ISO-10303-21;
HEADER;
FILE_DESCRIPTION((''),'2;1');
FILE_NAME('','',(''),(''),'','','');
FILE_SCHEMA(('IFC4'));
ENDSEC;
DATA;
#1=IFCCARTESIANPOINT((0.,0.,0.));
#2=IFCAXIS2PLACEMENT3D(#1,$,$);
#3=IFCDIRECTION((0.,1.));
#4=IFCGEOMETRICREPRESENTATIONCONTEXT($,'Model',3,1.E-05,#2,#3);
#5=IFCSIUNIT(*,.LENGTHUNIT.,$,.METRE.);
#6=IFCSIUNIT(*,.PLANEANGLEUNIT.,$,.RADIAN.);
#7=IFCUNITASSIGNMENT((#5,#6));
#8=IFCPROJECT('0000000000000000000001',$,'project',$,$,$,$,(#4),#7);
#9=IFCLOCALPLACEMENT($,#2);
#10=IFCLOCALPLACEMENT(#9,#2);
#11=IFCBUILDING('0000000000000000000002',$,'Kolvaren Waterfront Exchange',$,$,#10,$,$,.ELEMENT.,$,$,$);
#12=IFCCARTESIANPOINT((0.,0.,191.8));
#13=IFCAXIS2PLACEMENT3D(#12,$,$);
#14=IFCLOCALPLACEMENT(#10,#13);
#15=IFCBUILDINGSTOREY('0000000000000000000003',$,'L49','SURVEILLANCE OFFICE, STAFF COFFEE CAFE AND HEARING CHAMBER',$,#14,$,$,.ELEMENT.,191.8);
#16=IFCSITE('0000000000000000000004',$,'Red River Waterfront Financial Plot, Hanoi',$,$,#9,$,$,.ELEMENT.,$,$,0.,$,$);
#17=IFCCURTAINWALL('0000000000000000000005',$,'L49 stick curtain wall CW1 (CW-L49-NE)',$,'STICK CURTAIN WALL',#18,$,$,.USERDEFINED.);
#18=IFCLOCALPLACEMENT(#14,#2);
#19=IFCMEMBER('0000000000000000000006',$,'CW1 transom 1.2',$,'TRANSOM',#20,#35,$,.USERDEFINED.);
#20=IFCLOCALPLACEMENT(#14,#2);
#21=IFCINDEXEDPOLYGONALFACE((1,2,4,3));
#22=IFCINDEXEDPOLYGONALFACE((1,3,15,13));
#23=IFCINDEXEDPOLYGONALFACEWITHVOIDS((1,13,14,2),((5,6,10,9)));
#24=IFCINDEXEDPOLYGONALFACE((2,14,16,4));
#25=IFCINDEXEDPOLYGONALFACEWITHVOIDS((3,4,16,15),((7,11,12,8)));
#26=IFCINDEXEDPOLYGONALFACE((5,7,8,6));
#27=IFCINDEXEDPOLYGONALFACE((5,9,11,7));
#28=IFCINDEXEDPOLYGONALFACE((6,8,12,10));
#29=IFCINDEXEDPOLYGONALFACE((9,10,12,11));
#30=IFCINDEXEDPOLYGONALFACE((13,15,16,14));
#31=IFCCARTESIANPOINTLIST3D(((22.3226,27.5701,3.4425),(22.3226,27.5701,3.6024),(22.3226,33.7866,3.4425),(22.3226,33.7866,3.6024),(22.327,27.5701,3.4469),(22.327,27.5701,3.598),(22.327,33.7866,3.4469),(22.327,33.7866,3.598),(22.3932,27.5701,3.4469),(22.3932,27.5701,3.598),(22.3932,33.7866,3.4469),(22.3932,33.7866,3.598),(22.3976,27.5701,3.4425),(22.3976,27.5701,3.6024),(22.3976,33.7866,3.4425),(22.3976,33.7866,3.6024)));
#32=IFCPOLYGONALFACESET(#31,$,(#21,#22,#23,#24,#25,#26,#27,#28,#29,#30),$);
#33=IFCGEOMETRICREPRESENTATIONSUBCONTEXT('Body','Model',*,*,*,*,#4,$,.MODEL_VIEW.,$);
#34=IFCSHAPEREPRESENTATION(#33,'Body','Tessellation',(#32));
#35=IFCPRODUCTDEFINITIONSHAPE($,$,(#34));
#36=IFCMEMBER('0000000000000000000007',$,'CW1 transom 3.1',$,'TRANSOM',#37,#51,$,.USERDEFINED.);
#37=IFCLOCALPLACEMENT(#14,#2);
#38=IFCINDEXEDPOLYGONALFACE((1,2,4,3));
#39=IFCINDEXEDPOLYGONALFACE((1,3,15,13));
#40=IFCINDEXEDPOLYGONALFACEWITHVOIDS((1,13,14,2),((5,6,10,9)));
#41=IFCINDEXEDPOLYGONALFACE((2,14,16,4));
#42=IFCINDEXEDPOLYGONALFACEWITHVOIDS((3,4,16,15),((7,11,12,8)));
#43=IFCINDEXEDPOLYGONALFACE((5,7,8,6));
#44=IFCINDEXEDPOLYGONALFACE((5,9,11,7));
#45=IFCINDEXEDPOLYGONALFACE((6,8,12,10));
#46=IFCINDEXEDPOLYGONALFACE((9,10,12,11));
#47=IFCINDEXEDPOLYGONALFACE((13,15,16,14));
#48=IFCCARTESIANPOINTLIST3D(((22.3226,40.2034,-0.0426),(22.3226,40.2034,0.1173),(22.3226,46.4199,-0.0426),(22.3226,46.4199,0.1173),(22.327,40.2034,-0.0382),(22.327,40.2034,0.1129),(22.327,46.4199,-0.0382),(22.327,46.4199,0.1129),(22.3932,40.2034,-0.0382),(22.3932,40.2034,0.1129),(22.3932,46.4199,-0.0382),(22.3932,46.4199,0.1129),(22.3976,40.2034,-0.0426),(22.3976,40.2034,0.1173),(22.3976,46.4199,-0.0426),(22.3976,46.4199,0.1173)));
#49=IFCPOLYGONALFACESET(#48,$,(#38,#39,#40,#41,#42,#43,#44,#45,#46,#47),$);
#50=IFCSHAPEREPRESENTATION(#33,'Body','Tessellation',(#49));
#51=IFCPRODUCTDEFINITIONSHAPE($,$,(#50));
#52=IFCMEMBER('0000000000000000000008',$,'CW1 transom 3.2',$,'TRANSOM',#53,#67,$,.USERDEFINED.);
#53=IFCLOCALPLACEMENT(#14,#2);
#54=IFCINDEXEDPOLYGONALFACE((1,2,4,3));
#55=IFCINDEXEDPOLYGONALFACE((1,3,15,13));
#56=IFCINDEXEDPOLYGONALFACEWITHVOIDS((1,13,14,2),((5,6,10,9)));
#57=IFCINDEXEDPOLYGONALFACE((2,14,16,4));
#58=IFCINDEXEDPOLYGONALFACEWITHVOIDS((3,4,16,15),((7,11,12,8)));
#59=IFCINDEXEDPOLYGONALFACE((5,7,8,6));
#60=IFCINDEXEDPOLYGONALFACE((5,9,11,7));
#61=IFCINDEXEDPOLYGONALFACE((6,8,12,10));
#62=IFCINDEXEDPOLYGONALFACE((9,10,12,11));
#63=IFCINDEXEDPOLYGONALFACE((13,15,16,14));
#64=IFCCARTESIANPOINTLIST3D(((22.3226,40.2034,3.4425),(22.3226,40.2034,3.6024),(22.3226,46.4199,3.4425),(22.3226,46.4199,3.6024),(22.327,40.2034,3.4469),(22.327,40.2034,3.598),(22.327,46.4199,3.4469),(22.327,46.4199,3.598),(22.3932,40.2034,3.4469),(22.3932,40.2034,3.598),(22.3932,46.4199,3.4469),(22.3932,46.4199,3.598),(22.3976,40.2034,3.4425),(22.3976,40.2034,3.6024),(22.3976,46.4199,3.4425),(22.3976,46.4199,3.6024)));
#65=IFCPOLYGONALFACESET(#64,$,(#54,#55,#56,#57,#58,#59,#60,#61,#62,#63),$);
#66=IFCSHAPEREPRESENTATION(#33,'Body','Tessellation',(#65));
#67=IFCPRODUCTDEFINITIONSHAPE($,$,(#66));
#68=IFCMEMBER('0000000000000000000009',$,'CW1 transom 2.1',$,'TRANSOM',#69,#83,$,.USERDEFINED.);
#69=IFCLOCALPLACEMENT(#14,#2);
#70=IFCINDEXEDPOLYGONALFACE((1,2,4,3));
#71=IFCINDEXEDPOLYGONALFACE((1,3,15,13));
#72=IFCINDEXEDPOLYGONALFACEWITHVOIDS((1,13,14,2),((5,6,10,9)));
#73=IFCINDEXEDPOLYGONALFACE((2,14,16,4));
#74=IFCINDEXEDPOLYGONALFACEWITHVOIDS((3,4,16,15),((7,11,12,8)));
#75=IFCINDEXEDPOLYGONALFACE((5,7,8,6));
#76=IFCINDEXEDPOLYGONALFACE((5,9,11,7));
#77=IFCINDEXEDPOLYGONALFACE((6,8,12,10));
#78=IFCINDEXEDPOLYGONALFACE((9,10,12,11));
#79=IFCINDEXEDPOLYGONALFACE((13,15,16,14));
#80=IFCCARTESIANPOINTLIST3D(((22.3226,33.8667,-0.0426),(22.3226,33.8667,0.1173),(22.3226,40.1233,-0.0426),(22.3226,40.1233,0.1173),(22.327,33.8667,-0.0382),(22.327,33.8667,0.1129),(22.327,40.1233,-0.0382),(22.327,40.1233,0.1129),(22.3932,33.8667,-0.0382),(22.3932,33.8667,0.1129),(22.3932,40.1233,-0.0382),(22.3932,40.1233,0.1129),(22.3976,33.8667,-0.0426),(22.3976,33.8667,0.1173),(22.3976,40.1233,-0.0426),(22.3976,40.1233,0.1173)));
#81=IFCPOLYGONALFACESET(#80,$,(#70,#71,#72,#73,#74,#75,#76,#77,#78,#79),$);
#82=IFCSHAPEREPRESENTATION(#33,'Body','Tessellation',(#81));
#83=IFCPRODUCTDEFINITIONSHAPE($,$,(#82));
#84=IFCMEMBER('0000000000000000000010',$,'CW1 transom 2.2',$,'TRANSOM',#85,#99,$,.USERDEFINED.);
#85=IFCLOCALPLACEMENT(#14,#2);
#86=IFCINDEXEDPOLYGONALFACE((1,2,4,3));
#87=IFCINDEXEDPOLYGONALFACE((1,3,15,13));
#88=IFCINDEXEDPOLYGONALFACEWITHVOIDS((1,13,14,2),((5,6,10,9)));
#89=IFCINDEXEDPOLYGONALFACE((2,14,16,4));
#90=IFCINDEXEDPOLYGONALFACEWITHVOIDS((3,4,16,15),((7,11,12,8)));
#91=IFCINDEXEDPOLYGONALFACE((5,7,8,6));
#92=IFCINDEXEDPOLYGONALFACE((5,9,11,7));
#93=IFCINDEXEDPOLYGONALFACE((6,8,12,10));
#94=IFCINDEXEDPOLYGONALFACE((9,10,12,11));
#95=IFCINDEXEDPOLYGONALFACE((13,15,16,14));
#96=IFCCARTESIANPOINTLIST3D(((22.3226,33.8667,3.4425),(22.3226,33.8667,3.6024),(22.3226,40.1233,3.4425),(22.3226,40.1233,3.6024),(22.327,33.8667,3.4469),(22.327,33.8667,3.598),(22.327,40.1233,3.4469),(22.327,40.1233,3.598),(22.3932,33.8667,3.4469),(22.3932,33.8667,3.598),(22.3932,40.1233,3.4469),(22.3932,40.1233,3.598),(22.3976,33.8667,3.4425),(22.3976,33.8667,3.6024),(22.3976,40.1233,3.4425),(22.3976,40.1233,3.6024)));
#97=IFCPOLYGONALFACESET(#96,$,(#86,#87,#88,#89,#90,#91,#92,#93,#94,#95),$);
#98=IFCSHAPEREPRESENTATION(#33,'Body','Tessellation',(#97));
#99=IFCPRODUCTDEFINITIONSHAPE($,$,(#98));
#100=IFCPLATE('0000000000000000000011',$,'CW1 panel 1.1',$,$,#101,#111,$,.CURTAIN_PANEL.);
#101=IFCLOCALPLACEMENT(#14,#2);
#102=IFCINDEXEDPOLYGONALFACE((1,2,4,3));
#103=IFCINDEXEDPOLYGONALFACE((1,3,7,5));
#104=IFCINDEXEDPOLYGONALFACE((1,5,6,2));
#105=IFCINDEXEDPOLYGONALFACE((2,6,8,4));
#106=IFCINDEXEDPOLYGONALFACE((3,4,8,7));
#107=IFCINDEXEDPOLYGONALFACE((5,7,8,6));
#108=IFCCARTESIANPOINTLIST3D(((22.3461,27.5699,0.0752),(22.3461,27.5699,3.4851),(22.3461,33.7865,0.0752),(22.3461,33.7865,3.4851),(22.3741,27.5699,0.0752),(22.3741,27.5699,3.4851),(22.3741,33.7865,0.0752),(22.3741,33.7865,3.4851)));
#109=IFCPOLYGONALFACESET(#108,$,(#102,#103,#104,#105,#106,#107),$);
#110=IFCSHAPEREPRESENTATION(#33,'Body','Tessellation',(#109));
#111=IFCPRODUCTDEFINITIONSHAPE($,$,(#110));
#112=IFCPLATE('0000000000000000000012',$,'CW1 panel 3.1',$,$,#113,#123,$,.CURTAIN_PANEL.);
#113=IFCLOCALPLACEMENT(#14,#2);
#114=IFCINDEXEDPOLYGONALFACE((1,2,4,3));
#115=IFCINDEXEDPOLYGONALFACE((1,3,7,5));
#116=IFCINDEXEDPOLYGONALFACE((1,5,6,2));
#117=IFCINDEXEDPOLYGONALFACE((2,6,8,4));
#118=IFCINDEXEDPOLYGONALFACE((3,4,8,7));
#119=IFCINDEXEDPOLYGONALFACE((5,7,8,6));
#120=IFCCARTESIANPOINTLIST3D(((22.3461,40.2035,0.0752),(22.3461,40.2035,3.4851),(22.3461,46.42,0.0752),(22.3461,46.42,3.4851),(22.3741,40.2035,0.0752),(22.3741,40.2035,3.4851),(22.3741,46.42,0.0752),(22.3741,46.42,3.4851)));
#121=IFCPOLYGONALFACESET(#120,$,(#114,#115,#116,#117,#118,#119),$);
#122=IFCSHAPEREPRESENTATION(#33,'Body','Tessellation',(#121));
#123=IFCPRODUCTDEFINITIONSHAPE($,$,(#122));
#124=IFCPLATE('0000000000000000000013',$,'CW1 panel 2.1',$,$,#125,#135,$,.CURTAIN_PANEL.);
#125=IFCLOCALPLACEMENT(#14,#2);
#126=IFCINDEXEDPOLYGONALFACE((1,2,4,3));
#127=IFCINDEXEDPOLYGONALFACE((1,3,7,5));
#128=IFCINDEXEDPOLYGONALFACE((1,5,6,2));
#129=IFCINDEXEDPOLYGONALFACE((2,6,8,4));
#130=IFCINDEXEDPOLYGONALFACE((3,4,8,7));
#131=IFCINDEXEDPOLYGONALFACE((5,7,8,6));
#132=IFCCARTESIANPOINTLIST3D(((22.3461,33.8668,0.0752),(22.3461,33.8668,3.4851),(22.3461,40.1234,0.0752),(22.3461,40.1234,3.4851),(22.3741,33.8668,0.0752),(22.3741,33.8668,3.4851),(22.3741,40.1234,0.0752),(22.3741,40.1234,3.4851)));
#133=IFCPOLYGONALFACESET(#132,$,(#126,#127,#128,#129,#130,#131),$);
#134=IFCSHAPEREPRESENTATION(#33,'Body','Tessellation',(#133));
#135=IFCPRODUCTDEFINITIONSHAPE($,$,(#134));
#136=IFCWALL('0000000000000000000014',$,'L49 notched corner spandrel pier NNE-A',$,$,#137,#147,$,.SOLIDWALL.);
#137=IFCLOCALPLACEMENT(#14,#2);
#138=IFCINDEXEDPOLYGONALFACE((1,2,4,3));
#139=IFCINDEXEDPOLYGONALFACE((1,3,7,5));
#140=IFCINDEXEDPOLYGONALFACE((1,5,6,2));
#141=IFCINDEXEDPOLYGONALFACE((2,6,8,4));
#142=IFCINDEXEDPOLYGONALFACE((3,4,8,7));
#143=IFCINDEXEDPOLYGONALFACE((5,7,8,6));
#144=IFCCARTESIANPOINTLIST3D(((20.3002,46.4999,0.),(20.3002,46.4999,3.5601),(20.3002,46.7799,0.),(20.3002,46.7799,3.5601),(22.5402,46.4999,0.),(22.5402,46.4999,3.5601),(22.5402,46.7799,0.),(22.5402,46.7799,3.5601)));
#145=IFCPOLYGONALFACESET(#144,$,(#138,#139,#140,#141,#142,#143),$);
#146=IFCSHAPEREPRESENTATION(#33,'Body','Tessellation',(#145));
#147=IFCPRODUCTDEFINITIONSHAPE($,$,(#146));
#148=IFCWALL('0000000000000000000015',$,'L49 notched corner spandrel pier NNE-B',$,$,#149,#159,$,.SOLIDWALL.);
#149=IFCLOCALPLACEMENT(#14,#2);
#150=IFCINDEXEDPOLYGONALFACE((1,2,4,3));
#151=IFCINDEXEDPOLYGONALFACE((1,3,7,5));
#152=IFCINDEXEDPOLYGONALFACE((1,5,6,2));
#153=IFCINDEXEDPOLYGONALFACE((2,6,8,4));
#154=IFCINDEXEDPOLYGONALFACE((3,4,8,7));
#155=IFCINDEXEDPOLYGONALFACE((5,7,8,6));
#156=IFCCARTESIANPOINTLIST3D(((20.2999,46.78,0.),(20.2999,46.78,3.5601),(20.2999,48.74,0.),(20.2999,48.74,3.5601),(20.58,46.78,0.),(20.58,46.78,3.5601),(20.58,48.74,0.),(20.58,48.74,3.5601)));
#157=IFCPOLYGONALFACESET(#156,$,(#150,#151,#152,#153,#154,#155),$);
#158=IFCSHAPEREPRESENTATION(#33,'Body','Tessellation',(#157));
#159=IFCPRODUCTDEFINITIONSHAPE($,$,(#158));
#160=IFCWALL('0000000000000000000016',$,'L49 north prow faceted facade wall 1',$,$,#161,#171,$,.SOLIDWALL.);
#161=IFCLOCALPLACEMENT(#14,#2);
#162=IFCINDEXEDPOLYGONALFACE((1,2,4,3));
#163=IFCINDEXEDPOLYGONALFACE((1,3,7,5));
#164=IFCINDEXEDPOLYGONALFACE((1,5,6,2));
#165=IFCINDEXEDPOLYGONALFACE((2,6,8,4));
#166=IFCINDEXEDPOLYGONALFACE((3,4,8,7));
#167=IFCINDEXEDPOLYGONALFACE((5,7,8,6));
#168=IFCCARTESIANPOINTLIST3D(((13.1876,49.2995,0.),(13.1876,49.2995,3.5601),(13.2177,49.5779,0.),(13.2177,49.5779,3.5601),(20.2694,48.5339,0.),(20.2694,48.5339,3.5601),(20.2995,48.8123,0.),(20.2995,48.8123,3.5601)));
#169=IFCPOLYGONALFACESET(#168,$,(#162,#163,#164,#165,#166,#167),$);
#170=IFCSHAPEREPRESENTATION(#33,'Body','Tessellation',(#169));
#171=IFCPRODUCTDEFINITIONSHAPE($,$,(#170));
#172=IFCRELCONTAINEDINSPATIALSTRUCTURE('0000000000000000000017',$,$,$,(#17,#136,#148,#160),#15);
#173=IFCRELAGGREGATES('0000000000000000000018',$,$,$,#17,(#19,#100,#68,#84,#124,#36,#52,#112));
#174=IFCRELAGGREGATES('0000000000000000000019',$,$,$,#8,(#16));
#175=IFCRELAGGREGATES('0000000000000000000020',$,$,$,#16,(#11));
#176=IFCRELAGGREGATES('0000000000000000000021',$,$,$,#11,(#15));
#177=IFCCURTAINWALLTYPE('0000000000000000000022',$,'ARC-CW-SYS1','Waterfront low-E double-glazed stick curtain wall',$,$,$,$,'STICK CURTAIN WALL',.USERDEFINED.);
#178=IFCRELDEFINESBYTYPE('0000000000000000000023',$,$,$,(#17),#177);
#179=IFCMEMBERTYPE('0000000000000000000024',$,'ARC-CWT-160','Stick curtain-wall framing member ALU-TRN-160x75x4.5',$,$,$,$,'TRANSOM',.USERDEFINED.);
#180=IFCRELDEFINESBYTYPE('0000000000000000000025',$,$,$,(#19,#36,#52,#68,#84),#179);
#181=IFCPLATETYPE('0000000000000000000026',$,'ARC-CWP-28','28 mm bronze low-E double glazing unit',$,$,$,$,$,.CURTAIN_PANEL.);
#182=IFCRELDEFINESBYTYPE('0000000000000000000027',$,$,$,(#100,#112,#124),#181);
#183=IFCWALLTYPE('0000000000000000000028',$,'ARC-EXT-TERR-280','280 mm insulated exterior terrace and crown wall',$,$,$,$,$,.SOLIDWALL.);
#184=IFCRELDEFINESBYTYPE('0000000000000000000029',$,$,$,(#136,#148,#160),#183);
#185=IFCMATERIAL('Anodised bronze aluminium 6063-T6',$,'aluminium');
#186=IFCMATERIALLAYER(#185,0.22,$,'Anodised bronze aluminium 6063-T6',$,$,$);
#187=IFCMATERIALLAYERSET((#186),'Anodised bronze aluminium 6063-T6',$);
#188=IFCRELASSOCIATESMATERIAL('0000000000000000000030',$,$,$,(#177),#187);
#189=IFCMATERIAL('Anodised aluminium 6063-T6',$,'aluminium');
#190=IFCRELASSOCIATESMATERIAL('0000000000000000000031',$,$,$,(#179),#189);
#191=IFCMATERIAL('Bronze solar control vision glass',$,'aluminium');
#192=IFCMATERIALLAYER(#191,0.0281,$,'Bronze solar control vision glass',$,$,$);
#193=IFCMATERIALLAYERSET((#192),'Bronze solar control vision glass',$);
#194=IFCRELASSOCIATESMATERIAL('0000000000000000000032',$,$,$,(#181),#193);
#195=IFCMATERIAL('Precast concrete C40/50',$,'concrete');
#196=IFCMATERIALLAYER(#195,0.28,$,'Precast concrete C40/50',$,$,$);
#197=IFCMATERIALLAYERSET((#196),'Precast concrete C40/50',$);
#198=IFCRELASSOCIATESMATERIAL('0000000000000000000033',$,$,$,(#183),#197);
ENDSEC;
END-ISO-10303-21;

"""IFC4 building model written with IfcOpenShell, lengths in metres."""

from ifc_helpers import new_model, si_unit, direction, frame, frame_2d, origin, origin_with_axes, origin_2d, place, context, subcontext, project, spatial, rectangle, hollow_rectangle, extrude, source, transform, mapped, material, layer, layer_set, material_profile, profile_set, type_object, element, aggregate, save


model = new_model("IFC4")

# Units and contexts
model_context = context("Model", 3, precision=1e-05, world=origin(), true_north=direction((0.0, 1.0)))
body_context = subcontext(model_context, "Body", "Model", "MODEL_VIEW")
ifc_project = project(units=[si_unit("LENGTHUNIT", "METRE"), si_unit("PLANEANGLEUNIT", "RADIAN")], contexts=[model_context])

# Site, building, storey
site_placement = place(None, origin())
site = spatial("IfcSite", under=ifc_project, at=site_placement, Name="Red River Waterfront Financial Plot, Hanoi", CompositionType="ELEMENT", RefElevation=0.0)
building_placement = place(site_placement, origin())
building = spatial("IfcBuilding", under=site, at=building_placement, Name="Kolvaren Waterfront Exchange", CompositionType="ELEMENT")
storey_placement = place(building_placement, frame((0.0, 0.0, 191.8)))
storey = spatial("IfcBuildingStorey", under=building, at=storey_placement, Name="L49", Description="SURVEILLANCE OFFICE, STAFF COFFEE CAFE AND HEARING CHAMBER", CompositionType="ELEMENT", Elevation=191.8)

# Curtain wall, members, plates
ifc_material_1 = material(Name="Anodised bronze aluminium 6063-T6", Category="aluminium")
ifc_layer_1 = layer(ifc_material_1, 0.22, Name="Anodised bronze aluminium 6063-T6")
ifc_layer_set_1 = layer_set([ifc_layer_1], Name="Anodised bronze aluminium 6063-T6")
curtain_wall_type = type_object("IfcCurtainWallType", Name="ARC-CW-SYS1", Description="Waterfront low-E double-glazed stick curtain wall", ElementType="STICK CURTAIN WALL", PredefinedType="USERDEFINED", material=ifc_layer_set_1)
curtain_wall_placement = place(storey_placement, origin())
curtain_wall = element("IfcCurtainWall", 1, at=curtain_wall_placement, inside=storey, type_object=curtain_wall_type, Name="L49 stick curtain wall CW1 (CW-L49-NE)", ObjectType="STICK CURTAIN WALL", PredefinedType="USERDEFINED")
ifc_material_2 = material(Name="Anodised aluminium 6063-T6", Category="aluminium")
ifc_material_profile_1 = material_profile(ifc_material_2, hollow_rectangle(XDim=0.075, YDim=0.1599, WallThickness=0.0044, at=origin_2d()), Name="ALU-TRN-160x75x4.5")
ifc_profile_set_1 = profile_set([ifc_material_profile_1], Name="Anodised aluminium 6063-T6")
member_type_1 = type_object("IfcMemberType", Name="ARC-CWT-160", Description="Stick curtain-wall framing member ALU-TRN-160x75x4.5", ElementType="TRANSOM", PredefinedType="USERDEFINED", material=ifc_profile_set_1)
shared_shape_1 = source(origin_with_axes(), body_context, "Body", "SweptSolid", [
    extrude(hollow_rectangle(XDim=0.075, YDim=0.1599, WallThickness=0.0044, at=origin_2d()), origin(), (0.0, 0.0, 1.0), 6.2166),
])
member_1_placement = place(storey_placement, frame((22.3601, 27.5701, 3.5225), z_axis=(0.0, 1.0, 0.0), x_axis=(-1.0, 0.0, 0.0)))
member_1 = element("IfcMember", 2, at=member_1_placement, type_object=member_type_1, Name="CW1 transom 1.2", ObjectType="TRANSOM", PredefinedType="USERDEFINED", context=body_context, shape_type="MappedRepresentation", body=[
    mapped(shared_shape_1, transform((0.0, 0.0, 0.0), x_axis=(1.0, 0.0, 0.0), y_axis=(0.0, 1.0, 0.0), z_axis=(0.0, 0.0, 1.0), scale=1.0)),
])
member_2_placement = place(storey_placement, frame((22.3601, 40.2034, 0.0374), z_axis=(0.0, 1.0, 0.0), x_axis=(-1.0, 0.0, 0.0)))
member_2 = element("IfcMember", 3, at=member_2_placement, type_object=member_type_1, Name="CW1 transom 3.1", ObjectType="TRANSOM", PredefinedType="USERDEFINED", context=body_context, shape_type="MappedRepresentation", body=[
    mapped(shared_shape_1, transform((0.0, 0.0, 0.0), x_axis=(1.0, 0.0, 0.0), y_axis=(0.0, 1.0, 0.0), z_axis=(0.0, 0.0, 1.0), scale=1.0)),
])
member_3_placement = place(storey_placement, frame((22.3601, 40.2034, 3.5225), z_axis=(0.0, 1.0, 0.0), x_axis=(-1.0, 0.0, 0.0)))
member_3 = element("IfcMember", 4, at=member_3_placement, type_object=member_type_1, Name="CW1 transom 3.2", ObjectType="TRANSOM", PredefinedType="USERDEFINED", context=body_context, shape_type="MappedRepresentation", body=[
    mapped(shared_shape_1, transform((0.0, 0.0, 0.0), x_axis=(1.0, 0.0, 0.0), y_axis=(0.0, 1.0, 0.0), z_axis=(0.0, 0.0, 1.0), scale=1.0)),
])
shared_shape_2 = source(origin_with_axes(), body_context, "Body", "SweptSolid", [
    extrude(hollow_rectangle(XDim=0.075, YDim=0.1599, WallThickness=0.0044, at=origin_2d()), origin(), (0.0, 0.0, 1.0), 6.2566),
])
member_4_placement = place(storey_placement, frame((22.3601, 33.8667, 0.0374), z_axis=(0.0, 1.0, 0.0), x_axis=(-1.0, 0.0, 0.0)))
member_4 = element("IfcMember", 5, at=member_4_placement, type_object=member_type_1, Name="CW1 transom 2.1", ObjectType="TRANSOM", PredefinedType="USERDEFINED", context=body_context, shape_type="MappedRepresentation", body=[
    mapped(shared_shape_2, transform((0.0, 0.0, 0.0), x_axis=(1.0, 0.0, 0.0), y_axis=(0.0, 1.0, 0.0), z_axis=(0.0, 0.0, 1.0), scale=1.0)),
])
member_5_placement = place(storey_placement, frame((22.3601, 33.8667, 3.5225), z_axis=(0.0, 1.0, 0.0), x_axis=(-1.0, 0.0, 0.0)))
member_5 = element("IfcMember", 6, at=member_5_placement, type_object=member_type_1, Name="CW1 transom 2.2", ObjectType="TRANSOM", PredefinedType="USERDEFINED", context=body_context, shape_type="MappedRepresentation", body=[
    mapped(shared_shape_2, transform((0.0, 0.0, 0.0), x_axis=(1.0, 0.0, 0.0), y_axis=(0.0, 1.0, 0.0), z_axis=(0.0, 0.0, 1.0), scale=1.0)),
])
ifc_material_3 = material(Name="Bronze solar control vision glass", Category="aluminium")
ifc_layer_2 = layer(ifc_material_3, 0.0281, Name="Bronze solar control vision glass")
ifc_layer_set_2 = layer_set([ifc_layer_2], Name="Bronze solar control vision glass")
plate_type = type_object("IfcPlateType", Name="ARC-CWP-28", Description="28 mm bronze low-E double glazing unit", PredefinedType="CURTAIN_PANEL", material=ifc_layer_set_2)
shared_shape_3 = source(origin_with_axes(), body_context, "Body", "SweptSolid", [
    extrude(rectangle(XDim=6.2166, YDim=0.0281, at=origin_2d()), origin(), (0.0, 0.0, 1.0), 3.4099),
])
plate_1_placement = place(storey_placement, frame((22.3601, 30.6782, 0.0752), z_axis=(0.0, 0.0, 1.0), x_axis=(0.0, 1.0, 0.0)))
plate_1 = element("IfcPlate", 7, at=plate_1_placement, type_object=plate_type, Name="CW1 panel 1.1", PredefinedType="CURTAIN_PANEL", context=body_context, shape_type="MappedRepresentation", body=[
    mapped(shared_shape_3, transform((0.0, 0.0, 0.0), x_axis=(1.0, 0.0, 0.0), y_axis=(0.0, 1.0, 0.0), z_axis=(0.0, 0.0, 1.0), scale=1.0)),
])
plate_2_placement = place(storey_placement, frame((22.3601, 43.3118, 0.0752), z_axis=(0.0, 0.0, 1.0), x_axis=(0.0, 1.0, 0.0)))
plate_2 = element("IfcPlate", 8, at=plate_2_placement, type_object=plate_type, Name="CW1 panel 3.1", PredefinedType="CURTAIN_PANEL", context=body_context, shape_type="MappedRepresentation", body=[
    mapped(shared_shape_3, transform((0.0, 0.0, 0.0), x_axis=(1.0, 0.0, 0.0), y_axis=(0.0, 1.0, 0.0), z_axis=(0.0, 0.0, 1.0), scale=1.0)),
])
shared_shape_4 = source(origin_with_axes(), body_context, "Body", "SweptSolid", [
    extrude(rectangle(XDim=6.2566, YDim=0.0281, at=origin_2d()), origin(), (0.0, 0.0, 1.0), 3.4099),
])
plate_3_placement = place(storey_placement, frame((22.3601, 36.9951, 0.0752), z_axis=(0.0, 0.0, 1.0), x_axis=(0.0, 1.0, 0.0)))
plate_3 = element("IfcPlate", 9, at=plate_3_placement, type_object=plate_type, Name="CW1 panel 2.1", PredefinedType="CURTAIN_PANEL", context=body_context, shape_type="MappedRepresentation", body=[
    mapped(shared_shape_4, transform((0.0, 0.0, 0.0), x_axis=(1.0, 0.0, 0.0), y_axis=(0.0, 1.0, 0.0), z_axis=(0.0, 0.0, 1.0), scale=1.0)),
])
aggregate(curtain_wall, [member_1, plate_1, member_4, member_5, plate_3, member_2, member_3, plate_2])

# Walls
ifc_material_4 = material(Name="Precast concrete C40/50", Category="concrete")
ifc_layer_3 = layer(ifc_material_4, 0.28, Name="Precast concrete C40/50")
ifc_layer_set_3 = layer_set([ifc_layer_3], Name="Precast concrete C40/50")
wall_type = type_object("IfcWallType", Name="ARC-EXT-TERR-280", Description="280 mm insulated exterior terrace and crown wall", PredefinedType="SOLIDWALL", material=ifc_layer_set_3)
wall_1_placement = place(storey_placement, frame((20.3, 46.6399, 0.0), z_axis=(0.0, 0.0, 1.0), x_axis=(1.0, 0.0, 0.0)))
element("IfcWall", 10, at=wall_1_placement, inside=storey, type_object=wall_type, Name="L49 notched corner spandrel pier NNE-A", PredefinedType="SOLIDWALL", context=body_context, shape_type="SweptSolid", body=[
    extrude(rectangle(XDim=2.24, YDim=0.28, at=frame_2d((1.1201, 0.0))), origin(), (0.0, 0.0, 1.0), 3.5601),
])
wall_2_placement = place(storey_placement, frame((20.4399, 46.78, 0.0), z_axis=(0.0, 0.0, 1.0), x_axis=(0.0, 1.0, 0.0)))
element("IfcWall", 11, at=wall_2_placement, inside=storey, type_object=wall_type, Name="L49 notched corner spandrel pier NNE-B", PredefinedType="SOLIDWALL", context=body_context, shape_type="SweptSolid", body=[
    extrude(rectangle(XDim=1.96, YDim=0.28, at=frame_2d((0.98, 0.0))), origin(), (0.0, 0.0, 1.0), 3.5601),
])
wall_3_placement = place(storey_placement, frame((20.2844, 48.6731, 0.0), z_axis=(0.0, 0.0, 1.0), x_axis=(-0.994207, 0.107486, 0.0)))
element("IfcWall", 12, at=wall_3_placement, inside=storey, type_object=wall_type, Name="L49 north prow faceted facade wall 1", PredefinedType="SOLIDWALL", context=body_context, shape_type="SweptSolid", body=[
    extrude(rectangle(XDim=7.123, YDim=0.28, at=frame_2d((3.5615, 0.0))), origin(), (0.0, 0.0, 1.0), 3.5601),
])

save(model, "model.ifc")
